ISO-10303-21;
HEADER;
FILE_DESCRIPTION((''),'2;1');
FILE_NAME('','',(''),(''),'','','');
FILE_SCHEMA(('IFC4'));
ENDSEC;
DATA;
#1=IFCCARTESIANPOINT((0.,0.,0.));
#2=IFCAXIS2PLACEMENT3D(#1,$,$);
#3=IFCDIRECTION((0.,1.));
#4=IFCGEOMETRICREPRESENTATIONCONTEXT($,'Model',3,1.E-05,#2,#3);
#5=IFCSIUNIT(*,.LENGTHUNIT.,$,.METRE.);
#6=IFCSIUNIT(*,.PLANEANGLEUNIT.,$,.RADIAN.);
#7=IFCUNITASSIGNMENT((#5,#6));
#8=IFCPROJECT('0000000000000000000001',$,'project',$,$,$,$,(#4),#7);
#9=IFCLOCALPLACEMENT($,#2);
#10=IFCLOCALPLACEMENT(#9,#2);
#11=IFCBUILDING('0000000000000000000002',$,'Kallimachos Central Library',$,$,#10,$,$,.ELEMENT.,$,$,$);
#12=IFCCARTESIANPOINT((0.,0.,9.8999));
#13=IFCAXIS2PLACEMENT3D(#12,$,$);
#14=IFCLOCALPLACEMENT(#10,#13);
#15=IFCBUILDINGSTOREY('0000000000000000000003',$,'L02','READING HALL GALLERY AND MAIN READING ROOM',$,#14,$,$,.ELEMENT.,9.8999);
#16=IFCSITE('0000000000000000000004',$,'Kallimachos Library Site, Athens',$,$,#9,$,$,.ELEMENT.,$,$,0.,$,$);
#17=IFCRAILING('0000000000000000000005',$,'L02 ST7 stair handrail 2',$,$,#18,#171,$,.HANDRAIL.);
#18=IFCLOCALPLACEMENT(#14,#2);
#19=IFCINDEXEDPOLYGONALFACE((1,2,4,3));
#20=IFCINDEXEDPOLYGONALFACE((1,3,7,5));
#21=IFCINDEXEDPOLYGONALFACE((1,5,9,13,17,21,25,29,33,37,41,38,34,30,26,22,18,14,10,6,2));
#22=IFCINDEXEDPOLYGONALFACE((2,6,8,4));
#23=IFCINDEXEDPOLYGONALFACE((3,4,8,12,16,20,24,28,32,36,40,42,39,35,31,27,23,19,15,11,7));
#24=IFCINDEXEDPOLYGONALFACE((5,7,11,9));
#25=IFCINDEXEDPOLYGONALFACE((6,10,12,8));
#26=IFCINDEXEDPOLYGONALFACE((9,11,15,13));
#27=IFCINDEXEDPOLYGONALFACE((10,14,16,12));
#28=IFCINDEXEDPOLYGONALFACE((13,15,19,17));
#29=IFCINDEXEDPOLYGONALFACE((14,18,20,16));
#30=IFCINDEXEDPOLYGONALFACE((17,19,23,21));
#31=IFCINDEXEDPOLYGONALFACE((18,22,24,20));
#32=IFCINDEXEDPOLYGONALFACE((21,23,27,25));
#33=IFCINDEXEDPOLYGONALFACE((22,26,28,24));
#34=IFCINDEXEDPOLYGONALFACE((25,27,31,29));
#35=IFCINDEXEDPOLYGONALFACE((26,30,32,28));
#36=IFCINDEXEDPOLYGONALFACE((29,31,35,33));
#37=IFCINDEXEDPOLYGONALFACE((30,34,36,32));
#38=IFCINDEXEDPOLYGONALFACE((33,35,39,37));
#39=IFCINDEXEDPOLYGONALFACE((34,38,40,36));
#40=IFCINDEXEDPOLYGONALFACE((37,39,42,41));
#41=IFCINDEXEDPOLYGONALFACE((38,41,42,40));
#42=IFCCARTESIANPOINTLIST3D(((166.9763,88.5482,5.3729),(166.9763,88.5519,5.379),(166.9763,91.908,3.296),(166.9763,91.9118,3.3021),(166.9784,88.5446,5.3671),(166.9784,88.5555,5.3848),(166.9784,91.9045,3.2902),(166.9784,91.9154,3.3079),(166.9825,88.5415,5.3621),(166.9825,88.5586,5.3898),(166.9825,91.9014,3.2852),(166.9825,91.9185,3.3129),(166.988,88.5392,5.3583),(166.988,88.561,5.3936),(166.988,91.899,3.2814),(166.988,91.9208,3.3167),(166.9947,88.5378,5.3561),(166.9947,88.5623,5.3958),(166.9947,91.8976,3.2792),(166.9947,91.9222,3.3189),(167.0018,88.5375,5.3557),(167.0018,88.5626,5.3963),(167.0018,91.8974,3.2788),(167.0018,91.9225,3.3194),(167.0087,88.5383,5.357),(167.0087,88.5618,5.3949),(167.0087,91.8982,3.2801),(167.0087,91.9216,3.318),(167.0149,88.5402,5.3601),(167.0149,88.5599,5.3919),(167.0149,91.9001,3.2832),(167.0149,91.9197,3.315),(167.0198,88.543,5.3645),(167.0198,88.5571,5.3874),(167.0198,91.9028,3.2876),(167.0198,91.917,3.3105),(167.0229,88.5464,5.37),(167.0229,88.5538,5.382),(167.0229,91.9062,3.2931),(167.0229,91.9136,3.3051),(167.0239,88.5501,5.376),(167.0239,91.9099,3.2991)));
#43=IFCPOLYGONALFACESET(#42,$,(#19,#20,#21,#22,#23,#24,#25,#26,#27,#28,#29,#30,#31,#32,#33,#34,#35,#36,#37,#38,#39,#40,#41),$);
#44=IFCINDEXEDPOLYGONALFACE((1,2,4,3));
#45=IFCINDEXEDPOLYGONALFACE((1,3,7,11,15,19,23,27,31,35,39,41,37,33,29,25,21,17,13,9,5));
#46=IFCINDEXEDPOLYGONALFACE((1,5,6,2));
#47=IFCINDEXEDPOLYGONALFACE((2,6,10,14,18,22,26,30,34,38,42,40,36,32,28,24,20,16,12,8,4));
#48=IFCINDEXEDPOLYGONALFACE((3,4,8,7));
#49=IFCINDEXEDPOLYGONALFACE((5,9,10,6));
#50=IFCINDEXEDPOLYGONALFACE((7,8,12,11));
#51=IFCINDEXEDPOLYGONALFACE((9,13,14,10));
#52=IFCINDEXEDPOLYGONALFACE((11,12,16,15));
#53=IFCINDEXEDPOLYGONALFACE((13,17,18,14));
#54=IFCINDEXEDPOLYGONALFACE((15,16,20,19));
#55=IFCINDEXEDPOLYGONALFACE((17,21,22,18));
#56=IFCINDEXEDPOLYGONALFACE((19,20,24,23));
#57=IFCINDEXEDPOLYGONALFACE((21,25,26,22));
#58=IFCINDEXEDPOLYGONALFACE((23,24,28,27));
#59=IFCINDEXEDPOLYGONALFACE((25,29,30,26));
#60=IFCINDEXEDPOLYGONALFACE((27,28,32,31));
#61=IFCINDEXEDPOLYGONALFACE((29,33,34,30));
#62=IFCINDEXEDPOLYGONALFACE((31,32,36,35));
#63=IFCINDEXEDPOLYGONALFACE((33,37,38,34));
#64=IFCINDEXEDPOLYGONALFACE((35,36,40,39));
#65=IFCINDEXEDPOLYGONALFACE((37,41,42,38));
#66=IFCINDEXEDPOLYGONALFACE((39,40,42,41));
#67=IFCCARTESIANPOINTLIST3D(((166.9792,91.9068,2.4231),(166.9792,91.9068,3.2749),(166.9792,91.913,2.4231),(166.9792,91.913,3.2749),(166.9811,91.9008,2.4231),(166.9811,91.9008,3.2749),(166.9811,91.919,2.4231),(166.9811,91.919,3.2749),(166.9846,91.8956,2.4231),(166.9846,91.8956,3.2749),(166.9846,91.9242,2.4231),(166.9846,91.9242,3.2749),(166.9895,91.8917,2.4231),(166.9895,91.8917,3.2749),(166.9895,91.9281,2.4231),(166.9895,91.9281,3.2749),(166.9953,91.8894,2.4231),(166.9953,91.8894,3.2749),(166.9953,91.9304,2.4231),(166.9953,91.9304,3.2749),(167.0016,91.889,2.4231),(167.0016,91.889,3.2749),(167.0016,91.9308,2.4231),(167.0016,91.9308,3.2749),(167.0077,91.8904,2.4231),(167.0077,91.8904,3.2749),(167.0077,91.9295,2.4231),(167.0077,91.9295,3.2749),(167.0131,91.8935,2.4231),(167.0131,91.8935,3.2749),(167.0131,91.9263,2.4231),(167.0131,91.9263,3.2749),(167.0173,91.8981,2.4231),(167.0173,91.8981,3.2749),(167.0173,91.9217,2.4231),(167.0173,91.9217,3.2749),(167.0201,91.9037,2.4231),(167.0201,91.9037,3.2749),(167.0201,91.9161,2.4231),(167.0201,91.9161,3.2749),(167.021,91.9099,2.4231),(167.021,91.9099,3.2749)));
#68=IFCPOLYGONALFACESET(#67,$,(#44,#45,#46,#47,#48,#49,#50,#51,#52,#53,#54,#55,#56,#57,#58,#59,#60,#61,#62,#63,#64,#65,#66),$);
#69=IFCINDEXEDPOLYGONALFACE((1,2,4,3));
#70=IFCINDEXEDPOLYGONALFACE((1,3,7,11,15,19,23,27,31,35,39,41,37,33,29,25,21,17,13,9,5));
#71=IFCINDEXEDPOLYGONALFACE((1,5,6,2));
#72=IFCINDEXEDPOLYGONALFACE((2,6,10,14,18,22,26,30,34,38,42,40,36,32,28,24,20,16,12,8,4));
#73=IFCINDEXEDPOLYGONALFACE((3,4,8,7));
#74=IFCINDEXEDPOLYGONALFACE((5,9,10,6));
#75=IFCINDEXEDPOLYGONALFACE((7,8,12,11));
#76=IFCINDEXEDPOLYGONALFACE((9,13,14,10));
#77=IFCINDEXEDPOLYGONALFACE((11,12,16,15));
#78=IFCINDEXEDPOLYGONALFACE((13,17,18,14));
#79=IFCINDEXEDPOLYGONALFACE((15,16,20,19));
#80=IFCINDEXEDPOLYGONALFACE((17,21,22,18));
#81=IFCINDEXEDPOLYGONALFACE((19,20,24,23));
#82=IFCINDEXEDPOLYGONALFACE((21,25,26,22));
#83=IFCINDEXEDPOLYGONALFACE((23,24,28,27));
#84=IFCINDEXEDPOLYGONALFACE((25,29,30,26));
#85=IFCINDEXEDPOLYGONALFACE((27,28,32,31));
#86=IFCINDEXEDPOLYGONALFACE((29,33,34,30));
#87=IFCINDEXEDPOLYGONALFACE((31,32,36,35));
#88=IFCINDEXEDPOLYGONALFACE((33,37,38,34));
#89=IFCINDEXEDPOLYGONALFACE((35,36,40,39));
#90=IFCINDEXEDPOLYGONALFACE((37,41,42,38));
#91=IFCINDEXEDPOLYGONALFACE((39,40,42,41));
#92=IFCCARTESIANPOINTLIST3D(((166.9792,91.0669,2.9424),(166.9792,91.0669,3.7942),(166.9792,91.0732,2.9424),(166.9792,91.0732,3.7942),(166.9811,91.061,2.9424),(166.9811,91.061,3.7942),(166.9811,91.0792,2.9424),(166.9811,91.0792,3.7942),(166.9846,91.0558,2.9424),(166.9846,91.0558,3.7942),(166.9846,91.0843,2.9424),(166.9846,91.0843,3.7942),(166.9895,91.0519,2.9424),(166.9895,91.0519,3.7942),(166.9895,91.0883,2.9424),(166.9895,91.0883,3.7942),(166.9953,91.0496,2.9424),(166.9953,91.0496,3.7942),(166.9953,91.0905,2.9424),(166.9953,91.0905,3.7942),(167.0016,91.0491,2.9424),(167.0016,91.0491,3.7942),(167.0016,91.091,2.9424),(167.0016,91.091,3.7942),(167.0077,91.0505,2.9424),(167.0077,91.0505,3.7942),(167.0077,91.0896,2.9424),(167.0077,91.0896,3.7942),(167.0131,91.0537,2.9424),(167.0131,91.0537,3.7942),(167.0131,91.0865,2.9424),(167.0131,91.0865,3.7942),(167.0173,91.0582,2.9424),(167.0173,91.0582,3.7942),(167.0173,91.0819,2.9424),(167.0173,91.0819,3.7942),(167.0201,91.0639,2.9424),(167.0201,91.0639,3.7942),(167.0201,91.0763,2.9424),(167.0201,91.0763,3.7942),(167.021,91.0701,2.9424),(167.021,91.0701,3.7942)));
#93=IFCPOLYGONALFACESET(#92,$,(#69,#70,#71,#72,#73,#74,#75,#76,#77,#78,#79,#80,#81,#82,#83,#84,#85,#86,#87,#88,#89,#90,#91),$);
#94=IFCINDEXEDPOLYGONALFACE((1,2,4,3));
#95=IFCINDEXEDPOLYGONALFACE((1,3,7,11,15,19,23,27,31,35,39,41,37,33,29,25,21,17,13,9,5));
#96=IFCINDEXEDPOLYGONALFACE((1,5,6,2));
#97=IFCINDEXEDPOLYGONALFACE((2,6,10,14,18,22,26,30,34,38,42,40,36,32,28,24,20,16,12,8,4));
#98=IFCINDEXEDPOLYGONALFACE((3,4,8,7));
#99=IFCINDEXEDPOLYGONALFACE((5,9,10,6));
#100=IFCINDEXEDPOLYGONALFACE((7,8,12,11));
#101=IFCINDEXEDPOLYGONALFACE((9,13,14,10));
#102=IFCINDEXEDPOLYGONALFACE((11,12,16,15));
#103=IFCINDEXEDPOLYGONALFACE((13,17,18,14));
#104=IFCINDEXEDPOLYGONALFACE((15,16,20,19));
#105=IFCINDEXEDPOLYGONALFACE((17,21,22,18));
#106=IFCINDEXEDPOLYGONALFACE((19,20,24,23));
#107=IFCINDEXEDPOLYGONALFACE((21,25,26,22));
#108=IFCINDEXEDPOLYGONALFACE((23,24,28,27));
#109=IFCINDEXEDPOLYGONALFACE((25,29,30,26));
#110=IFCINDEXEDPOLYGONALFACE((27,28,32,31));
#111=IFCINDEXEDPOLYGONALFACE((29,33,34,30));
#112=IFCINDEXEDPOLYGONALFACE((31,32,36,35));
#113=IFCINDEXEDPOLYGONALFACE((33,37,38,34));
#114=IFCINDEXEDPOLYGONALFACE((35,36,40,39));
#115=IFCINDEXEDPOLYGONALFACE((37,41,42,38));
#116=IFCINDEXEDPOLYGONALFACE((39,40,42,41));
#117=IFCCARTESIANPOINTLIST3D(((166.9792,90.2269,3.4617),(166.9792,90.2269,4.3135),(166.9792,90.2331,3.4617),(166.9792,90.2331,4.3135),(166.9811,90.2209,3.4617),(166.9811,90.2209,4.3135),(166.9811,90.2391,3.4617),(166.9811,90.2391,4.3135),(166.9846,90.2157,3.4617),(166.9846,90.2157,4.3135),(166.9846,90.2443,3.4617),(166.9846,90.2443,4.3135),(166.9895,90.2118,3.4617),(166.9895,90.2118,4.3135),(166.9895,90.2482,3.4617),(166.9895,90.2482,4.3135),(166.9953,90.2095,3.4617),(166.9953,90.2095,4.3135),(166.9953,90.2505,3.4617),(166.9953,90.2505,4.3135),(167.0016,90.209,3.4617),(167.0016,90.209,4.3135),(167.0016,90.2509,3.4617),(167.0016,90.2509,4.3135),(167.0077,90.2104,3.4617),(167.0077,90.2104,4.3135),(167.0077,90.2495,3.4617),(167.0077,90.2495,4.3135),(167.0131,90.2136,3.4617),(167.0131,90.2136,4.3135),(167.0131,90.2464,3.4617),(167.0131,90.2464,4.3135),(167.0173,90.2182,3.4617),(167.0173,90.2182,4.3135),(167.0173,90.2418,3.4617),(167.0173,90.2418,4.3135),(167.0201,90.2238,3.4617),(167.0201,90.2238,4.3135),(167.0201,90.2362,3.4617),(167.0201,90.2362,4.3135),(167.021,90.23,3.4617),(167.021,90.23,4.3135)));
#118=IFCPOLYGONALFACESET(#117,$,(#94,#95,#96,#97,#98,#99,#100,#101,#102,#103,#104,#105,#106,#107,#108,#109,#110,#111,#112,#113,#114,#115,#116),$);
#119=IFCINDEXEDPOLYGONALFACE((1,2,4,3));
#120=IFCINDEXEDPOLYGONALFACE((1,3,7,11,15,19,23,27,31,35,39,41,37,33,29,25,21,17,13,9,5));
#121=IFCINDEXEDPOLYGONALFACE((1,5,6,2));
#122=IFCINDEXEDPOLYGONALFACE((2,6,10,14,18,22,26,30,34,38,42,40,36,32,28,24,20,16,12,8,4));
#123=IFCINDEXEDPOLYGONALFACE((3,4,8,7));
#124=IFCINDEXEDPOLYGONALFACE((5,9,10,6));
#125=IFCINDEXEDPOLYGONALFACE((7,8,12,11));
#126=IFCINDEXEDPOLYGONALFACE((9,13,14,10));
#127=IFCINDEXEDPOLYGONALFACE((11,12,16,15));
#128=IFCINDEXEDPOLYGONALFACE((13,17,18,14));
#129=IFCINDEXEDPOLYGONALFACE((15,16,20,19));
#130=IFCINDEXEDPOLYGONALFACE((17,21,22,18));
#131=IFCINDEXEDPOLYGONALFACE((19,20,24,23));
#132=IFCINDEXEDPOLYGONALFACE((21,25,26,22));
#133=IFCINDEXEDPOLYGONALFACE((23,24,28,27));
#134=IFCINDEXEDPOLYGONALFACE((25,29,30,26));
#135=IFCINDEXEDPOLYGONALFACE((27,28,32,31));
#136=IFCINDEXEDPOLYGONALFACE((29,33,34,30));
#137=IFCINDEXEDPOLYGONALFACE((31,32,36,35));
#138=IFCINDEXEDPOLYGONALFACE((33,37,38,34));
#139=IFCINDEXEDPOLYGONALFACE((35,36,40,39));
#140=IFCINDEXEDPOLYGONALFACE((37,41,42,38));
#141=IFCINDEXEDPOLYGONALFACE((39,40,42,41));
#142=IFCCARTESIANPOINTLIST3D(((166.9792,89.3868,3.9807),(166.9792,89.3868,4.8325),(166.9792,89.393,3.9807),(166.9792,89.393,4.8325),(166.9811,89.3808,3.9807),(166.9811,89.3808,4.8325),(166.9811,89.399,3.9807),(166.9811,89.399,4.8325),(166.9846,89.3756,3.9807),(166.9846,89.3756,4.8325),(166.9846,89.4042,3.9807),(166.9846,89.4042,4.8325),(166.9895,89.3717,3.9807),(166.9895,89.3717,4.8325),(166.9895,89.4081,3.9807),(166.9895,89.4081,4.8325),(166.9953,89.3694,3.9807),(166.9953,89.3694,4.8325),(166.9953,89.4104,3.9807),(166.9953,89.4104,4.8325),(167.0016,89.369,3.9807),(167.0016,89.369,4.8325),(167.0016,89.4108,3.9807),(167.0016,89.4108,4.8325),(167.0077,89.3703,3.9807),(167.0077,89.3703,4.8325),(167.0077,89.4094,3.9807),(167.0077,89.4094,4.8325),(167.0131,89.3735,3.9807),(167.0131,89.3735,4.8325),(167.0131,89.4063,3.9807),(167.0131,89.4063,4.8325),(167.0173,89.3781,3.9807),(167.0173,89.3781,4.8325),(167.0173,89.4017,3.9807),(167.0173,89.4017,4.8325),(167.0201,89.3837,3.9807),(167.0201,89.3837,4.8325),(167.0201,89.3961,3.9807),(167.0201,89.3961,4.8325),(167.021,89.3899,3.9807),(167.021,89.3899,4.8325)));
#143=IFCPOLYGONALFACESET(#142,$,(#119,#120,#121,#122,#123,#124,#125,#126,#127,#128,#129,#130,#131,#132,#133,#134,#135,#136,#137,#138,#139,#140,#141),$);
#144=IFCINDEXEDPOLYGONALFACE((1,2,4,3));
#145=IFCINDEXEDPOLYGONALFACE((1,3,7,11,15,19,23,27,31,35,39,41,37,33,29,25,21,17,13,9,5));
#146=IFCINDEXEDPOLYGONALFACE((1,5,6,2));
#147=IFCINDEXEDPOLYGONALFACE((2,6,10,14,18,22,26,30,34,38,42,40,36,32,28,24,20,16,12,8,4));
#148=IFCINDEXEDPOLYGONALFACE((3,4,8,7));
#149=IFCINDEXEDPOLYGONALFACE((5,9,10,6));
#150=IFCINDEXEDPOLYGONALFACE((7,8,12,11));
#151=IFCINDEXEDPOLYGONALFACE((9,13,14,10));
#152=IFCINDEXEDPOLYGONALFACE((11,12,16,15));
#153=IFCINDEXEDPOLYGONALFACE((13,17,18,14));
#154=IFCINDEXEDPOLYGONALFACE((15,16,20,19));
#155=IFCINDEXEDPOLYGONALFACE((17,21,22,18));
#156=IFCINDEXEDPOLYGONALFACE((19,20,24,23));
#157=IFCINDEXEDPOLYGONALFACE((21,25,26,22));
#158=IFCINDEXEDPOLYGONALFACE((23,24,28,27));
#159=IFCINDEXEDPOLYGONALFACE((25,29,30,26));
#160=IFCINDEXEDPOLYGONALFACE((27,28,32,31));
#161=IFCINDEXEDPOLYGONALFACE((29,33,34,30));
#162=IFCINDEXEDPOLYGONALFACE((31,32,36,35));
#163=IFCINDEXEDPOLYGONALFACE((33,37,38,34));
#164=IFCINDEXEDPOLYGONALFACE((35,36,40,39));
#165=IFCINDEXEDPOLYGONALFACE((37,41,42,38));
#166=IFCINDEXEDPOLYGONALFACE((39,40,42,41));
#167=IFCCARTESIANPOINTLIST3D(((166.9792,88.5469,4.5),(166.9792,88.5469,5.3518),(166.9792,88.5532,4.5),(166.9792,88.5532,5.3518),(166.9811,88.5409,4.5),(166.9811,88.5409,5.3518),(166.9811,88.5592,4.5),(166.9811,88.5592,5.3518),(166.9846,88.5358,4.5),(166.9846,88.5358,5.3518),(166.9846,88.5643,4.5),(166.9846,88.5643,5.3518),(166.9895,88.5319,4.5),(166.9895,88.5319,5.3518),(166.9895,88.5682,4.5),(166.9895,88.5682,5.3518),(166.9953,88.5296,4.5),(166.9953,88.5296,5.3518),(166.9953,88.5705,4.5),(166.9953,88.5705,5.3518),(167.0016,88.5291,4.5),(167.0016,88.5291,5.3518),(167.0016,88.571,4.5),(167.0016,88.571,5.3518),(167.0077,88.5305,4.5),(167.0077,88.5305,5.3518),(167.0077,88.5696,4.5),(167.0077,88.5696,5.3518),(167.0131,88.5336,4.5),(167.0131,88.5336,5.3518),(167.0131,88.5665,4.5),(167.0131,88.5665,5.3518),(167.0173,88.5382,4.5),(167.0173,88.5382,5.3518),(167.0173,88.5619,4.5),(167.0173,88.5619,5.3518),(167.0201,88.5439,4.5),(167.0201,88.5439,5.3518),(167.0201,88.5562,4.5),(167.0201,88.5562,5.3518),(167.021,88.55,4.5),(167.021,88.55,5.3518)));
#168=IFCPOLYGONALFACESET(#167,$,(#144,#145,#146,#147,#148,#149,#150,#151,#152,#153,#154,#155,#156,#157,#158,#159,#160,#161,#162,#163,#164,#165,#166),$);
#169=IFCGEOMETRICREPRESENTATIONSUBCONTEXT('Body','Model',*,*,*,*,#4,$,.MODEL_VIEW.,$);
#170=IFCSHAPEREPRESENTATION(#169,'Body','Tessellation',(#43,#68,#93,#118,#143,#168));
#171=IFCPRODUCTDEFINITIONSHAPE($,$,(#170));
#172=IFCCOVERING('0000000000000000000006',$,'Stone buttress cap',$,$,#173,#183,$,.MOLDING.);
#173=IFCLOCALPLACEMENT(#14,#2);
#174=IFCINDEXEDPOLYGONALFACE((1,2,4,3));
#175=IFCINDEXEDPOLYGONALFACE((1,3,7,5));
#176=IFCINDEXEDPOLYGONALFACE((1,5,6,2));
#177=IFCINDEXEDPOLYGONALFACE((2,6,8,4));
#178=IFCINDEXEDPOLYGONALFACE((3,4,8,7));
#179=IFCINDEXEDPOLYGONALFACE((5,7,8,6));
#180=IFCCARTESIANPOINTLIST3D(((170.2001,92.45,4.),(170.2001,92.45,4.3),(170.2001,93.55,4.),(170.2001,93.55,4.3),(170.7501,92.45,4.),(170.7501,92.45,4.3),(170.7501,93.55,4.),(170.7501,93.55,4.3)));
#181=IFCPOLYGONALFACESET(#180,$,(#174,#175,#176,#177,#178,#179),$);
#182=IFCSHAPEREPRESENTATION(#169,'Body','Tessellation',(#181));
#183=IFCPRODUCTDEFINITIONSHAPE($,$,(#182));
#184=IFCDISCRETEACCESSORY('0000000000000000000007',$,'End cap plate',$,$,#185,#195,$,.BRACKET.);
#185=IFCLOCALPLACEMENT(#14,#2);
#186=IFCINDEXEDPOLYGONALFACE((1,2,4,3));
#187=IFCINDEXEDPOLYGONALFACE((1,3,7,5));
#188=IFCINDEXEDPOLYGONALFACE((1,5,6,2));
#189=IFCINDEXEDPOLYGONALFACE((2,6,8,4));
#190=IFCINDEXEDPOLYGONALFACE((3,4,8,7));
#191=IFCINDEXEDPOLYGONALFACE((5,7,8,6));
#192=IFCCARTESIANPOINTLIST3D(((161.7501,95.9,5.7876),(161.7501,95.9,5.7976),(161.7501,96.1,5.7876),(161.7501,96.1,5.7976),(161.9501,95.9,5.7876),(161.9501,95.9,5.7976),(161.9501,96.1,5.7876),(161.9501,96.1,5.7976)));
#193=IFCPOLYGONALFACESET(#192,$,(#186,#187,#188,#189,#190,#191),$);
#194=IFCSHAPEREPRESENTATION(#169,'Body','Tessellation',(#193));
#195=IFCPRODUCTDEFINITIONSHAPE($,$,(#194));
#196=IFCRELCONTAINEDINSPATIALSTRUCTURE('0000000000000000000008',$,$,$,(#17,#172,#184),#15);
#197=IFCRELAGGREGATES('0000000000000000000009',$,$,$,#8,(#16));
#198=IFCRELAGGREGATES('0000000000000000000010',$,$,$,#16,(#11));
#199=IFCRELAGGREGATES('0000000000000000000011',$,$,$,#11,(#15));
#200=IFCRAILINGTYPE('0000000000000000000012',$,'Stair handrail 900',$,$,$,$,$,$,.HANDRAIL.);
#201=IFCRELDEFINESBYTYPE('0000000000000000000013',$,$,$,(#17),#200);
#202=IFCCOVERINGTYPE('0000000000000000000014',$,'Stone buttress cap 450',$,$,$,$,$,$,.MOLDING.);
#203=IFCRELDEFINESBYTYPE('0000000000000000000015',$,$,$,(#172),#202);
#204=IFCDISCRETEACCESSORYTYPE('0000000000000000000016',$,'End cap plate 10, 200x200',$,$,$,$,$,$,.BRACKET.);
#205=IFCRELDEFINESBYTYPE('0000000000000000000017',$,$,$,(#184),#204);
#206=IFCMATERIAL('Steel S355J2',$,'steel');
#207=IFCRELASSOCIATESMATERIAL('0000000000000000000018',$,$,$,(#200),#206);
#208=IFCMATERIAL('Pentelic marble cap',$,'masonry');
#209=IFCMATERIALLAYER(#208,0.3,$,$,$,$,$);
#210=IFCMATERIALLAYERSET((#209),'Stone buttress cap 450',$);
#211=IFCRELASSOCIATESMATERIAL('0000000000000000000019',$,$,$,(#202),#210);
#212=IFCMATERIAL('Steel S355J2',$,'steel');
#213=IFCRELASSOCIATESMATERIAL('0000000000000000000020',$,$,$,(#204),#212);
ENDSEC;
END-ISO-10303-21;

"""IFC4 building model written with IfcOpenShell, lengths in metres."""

from ifc_helpers import new_model, si_unit, direction, frame, origin, origin_2d, place, context, subcontext, project, spatial, rectangle, circle, extrude, material, layer, layer_set, material_profile, profile_set, type_object, element, save


model = new_model("IFC4")

# Units and contexts
model_context = context("Model", 3, precision=1e-05, world=origin(), true_north=direction((0.0, 1.0)))
body_context = subcontext(model_context, "Body", "Model", "MODEL_VIEW")
ifc_project = project(units=[si_unit("LENGTHUNIT", "METRE"), si_unit("PLANEANGLEUNIT", "RADIAN")], contexts=[model_context])

# Site, building, storey
site_placement = place(None, origin())
site = spatial("IfcSite", under=ifc_project, at=site_placement, Name="Kallimachos Library Site, Athens", CompositionType="ELEMENT", RefElevation=0.0)
building_placement = place(site_placement, origin())
building = spatial("IfcBuilding", under=site, at=building_placement, Name="Kallimachos Central Library", CompositionType="ELEMENT")
storey_placement = place(building_placement, frame((0.0, 0.0, 9.8999)))
storey = spatial("IfcBuildingStorey", under=building, at=storey_placement, Name="L02", Description="READING HALL GALLERY AND MAIN READING ROOM", CompositionType="ELEMENT", Elevation=9.8999)

# Railing
ifc_material_1 = material(Name="Steel S355J2", Category="steel")
railing_type_1 = type_object("IfcRailingType", Name="Stair handrail 900", PredefinedType="HANDRAIL", material=ifc_material_1)
railing_1_placement = place(storey_placement, frame((167.0, 91.9099, 2.4231)))
element("IfcRailing", 1, at=railing_1_placement, inside=storey, type_object=railing_type_1, Name="L02 ST7 stair handrail 2", PredefinedType="HANDRAIL", context=body_context, shape_type="SweptSolid", body=[
    extrude(circle(Radius=0.0239, at=origin_2d()), frame((0.0, 0.0, 0.876), z_axis=(0.0, -0.850606, 0.525803), x_axis=(1.0, 0.0, 0.0)), (0.0, 0.0, 1.0), 3.95),
    extrude(circle(Radius=0.021, at=origin_2d()), origin(), (0.0, 0.0, 1.0), 0.8518),
    extrude(circle(Radius=0.021, at=origin_2d()), frame((0.0, -0.8398, 0.5193)), (0.0, 0.0, 1.0), 0.8518),
    extrude(circle(Radius=0.021, at=origin_2d()), frame((0.0, -1.6799, 1.0386)), (0.0, 0.0, 1.0), 0.8518),
    extrude(circle(Radius=0.021, at=origin_2d()), frame((0.0, -2.52, 1.5576)), (0.0, 0.0, 1.0), 0.8518),
    extrude(circle(Radius=0.021, at=origin_2d()), frame((0.0, -3.3599, 2.0769)), (0.0, 0.0, 1.0), 0.8518),
])

# Covering
ifc_material_2 = material(Name="Pentelic marble cap", Category="masonry")
ifc_layer_1 = layer(ifc_material_2, 0.3)
ifc_layer_set_1 = layer_set([ifc_layer_1], Name="Stone buttress cap 450")
covering_type_1 = type_object("IfcCoveringType", Name="Stone buttress cap 450", PredefinedType="MOLDING", material=ifc_layer_set_1)
covering_1_placement = place(storey_placement, frame((170.4751, 93.0, 4.0), z_axis=(0.0, 0.0, 1.0), x_axis=(1.0, 0.0, 0.0)))
element("IfcCovering", 2, at=covering_1_placement, inside=storey, type_object=covering_type_1, Name="Stone buttress cap", PredefinedType="MOLDING", context=body_context, shape_type="SweptSolid", body=[
    extrude(rectangle(XDim=0.55, YDim=1.1001, at=origin_2d()), origin(), (0.0, 0.0, 1.0), 0.3),
])

# Discrete accessory
ifc_material_3 = material(Name="Steel S355J2", Category="steel")
ifc_material_profile_1 = material_profile(ifc_material_3, rectangle(XDim=0.2, YDim=0.2, at=origin_2d()), Name="End cap plate 10, 200x200")
ifc_profile_set_1 = profile_set([ifc_material_profile_1], Name="Steel S355J2")
discrete_accessory_type_1 = type_object("IfcDiscreteAccessoryType", Name="End cap plate 10, 200x200", PredefinedType="BRACKET", material=ifc_profile_set_1)
discrete_accessory_1_placement = place(storey_placement, frame((161.8501, 96.0, 5.7876), z_axis=(0.0, 0.0, 1.0), x_axis=(1.0, 0.0, 0.0)))
element("IfcDiscreteAccessory", 3, at=discrete_accessory_1_placement, inside=storey, type_object=discrete_accessory_type_1, Name="End cap plate", PredefinedType="BRACKET", context=body_context, shape_type="SweptSolid", body=[
    extrude(rectangle(XDim=0.2, YDim=0.2, at=origin_2d()), origin(), (0.0, 0.0, 1.0), 0.01),
])

save(model, "model.ifc")
